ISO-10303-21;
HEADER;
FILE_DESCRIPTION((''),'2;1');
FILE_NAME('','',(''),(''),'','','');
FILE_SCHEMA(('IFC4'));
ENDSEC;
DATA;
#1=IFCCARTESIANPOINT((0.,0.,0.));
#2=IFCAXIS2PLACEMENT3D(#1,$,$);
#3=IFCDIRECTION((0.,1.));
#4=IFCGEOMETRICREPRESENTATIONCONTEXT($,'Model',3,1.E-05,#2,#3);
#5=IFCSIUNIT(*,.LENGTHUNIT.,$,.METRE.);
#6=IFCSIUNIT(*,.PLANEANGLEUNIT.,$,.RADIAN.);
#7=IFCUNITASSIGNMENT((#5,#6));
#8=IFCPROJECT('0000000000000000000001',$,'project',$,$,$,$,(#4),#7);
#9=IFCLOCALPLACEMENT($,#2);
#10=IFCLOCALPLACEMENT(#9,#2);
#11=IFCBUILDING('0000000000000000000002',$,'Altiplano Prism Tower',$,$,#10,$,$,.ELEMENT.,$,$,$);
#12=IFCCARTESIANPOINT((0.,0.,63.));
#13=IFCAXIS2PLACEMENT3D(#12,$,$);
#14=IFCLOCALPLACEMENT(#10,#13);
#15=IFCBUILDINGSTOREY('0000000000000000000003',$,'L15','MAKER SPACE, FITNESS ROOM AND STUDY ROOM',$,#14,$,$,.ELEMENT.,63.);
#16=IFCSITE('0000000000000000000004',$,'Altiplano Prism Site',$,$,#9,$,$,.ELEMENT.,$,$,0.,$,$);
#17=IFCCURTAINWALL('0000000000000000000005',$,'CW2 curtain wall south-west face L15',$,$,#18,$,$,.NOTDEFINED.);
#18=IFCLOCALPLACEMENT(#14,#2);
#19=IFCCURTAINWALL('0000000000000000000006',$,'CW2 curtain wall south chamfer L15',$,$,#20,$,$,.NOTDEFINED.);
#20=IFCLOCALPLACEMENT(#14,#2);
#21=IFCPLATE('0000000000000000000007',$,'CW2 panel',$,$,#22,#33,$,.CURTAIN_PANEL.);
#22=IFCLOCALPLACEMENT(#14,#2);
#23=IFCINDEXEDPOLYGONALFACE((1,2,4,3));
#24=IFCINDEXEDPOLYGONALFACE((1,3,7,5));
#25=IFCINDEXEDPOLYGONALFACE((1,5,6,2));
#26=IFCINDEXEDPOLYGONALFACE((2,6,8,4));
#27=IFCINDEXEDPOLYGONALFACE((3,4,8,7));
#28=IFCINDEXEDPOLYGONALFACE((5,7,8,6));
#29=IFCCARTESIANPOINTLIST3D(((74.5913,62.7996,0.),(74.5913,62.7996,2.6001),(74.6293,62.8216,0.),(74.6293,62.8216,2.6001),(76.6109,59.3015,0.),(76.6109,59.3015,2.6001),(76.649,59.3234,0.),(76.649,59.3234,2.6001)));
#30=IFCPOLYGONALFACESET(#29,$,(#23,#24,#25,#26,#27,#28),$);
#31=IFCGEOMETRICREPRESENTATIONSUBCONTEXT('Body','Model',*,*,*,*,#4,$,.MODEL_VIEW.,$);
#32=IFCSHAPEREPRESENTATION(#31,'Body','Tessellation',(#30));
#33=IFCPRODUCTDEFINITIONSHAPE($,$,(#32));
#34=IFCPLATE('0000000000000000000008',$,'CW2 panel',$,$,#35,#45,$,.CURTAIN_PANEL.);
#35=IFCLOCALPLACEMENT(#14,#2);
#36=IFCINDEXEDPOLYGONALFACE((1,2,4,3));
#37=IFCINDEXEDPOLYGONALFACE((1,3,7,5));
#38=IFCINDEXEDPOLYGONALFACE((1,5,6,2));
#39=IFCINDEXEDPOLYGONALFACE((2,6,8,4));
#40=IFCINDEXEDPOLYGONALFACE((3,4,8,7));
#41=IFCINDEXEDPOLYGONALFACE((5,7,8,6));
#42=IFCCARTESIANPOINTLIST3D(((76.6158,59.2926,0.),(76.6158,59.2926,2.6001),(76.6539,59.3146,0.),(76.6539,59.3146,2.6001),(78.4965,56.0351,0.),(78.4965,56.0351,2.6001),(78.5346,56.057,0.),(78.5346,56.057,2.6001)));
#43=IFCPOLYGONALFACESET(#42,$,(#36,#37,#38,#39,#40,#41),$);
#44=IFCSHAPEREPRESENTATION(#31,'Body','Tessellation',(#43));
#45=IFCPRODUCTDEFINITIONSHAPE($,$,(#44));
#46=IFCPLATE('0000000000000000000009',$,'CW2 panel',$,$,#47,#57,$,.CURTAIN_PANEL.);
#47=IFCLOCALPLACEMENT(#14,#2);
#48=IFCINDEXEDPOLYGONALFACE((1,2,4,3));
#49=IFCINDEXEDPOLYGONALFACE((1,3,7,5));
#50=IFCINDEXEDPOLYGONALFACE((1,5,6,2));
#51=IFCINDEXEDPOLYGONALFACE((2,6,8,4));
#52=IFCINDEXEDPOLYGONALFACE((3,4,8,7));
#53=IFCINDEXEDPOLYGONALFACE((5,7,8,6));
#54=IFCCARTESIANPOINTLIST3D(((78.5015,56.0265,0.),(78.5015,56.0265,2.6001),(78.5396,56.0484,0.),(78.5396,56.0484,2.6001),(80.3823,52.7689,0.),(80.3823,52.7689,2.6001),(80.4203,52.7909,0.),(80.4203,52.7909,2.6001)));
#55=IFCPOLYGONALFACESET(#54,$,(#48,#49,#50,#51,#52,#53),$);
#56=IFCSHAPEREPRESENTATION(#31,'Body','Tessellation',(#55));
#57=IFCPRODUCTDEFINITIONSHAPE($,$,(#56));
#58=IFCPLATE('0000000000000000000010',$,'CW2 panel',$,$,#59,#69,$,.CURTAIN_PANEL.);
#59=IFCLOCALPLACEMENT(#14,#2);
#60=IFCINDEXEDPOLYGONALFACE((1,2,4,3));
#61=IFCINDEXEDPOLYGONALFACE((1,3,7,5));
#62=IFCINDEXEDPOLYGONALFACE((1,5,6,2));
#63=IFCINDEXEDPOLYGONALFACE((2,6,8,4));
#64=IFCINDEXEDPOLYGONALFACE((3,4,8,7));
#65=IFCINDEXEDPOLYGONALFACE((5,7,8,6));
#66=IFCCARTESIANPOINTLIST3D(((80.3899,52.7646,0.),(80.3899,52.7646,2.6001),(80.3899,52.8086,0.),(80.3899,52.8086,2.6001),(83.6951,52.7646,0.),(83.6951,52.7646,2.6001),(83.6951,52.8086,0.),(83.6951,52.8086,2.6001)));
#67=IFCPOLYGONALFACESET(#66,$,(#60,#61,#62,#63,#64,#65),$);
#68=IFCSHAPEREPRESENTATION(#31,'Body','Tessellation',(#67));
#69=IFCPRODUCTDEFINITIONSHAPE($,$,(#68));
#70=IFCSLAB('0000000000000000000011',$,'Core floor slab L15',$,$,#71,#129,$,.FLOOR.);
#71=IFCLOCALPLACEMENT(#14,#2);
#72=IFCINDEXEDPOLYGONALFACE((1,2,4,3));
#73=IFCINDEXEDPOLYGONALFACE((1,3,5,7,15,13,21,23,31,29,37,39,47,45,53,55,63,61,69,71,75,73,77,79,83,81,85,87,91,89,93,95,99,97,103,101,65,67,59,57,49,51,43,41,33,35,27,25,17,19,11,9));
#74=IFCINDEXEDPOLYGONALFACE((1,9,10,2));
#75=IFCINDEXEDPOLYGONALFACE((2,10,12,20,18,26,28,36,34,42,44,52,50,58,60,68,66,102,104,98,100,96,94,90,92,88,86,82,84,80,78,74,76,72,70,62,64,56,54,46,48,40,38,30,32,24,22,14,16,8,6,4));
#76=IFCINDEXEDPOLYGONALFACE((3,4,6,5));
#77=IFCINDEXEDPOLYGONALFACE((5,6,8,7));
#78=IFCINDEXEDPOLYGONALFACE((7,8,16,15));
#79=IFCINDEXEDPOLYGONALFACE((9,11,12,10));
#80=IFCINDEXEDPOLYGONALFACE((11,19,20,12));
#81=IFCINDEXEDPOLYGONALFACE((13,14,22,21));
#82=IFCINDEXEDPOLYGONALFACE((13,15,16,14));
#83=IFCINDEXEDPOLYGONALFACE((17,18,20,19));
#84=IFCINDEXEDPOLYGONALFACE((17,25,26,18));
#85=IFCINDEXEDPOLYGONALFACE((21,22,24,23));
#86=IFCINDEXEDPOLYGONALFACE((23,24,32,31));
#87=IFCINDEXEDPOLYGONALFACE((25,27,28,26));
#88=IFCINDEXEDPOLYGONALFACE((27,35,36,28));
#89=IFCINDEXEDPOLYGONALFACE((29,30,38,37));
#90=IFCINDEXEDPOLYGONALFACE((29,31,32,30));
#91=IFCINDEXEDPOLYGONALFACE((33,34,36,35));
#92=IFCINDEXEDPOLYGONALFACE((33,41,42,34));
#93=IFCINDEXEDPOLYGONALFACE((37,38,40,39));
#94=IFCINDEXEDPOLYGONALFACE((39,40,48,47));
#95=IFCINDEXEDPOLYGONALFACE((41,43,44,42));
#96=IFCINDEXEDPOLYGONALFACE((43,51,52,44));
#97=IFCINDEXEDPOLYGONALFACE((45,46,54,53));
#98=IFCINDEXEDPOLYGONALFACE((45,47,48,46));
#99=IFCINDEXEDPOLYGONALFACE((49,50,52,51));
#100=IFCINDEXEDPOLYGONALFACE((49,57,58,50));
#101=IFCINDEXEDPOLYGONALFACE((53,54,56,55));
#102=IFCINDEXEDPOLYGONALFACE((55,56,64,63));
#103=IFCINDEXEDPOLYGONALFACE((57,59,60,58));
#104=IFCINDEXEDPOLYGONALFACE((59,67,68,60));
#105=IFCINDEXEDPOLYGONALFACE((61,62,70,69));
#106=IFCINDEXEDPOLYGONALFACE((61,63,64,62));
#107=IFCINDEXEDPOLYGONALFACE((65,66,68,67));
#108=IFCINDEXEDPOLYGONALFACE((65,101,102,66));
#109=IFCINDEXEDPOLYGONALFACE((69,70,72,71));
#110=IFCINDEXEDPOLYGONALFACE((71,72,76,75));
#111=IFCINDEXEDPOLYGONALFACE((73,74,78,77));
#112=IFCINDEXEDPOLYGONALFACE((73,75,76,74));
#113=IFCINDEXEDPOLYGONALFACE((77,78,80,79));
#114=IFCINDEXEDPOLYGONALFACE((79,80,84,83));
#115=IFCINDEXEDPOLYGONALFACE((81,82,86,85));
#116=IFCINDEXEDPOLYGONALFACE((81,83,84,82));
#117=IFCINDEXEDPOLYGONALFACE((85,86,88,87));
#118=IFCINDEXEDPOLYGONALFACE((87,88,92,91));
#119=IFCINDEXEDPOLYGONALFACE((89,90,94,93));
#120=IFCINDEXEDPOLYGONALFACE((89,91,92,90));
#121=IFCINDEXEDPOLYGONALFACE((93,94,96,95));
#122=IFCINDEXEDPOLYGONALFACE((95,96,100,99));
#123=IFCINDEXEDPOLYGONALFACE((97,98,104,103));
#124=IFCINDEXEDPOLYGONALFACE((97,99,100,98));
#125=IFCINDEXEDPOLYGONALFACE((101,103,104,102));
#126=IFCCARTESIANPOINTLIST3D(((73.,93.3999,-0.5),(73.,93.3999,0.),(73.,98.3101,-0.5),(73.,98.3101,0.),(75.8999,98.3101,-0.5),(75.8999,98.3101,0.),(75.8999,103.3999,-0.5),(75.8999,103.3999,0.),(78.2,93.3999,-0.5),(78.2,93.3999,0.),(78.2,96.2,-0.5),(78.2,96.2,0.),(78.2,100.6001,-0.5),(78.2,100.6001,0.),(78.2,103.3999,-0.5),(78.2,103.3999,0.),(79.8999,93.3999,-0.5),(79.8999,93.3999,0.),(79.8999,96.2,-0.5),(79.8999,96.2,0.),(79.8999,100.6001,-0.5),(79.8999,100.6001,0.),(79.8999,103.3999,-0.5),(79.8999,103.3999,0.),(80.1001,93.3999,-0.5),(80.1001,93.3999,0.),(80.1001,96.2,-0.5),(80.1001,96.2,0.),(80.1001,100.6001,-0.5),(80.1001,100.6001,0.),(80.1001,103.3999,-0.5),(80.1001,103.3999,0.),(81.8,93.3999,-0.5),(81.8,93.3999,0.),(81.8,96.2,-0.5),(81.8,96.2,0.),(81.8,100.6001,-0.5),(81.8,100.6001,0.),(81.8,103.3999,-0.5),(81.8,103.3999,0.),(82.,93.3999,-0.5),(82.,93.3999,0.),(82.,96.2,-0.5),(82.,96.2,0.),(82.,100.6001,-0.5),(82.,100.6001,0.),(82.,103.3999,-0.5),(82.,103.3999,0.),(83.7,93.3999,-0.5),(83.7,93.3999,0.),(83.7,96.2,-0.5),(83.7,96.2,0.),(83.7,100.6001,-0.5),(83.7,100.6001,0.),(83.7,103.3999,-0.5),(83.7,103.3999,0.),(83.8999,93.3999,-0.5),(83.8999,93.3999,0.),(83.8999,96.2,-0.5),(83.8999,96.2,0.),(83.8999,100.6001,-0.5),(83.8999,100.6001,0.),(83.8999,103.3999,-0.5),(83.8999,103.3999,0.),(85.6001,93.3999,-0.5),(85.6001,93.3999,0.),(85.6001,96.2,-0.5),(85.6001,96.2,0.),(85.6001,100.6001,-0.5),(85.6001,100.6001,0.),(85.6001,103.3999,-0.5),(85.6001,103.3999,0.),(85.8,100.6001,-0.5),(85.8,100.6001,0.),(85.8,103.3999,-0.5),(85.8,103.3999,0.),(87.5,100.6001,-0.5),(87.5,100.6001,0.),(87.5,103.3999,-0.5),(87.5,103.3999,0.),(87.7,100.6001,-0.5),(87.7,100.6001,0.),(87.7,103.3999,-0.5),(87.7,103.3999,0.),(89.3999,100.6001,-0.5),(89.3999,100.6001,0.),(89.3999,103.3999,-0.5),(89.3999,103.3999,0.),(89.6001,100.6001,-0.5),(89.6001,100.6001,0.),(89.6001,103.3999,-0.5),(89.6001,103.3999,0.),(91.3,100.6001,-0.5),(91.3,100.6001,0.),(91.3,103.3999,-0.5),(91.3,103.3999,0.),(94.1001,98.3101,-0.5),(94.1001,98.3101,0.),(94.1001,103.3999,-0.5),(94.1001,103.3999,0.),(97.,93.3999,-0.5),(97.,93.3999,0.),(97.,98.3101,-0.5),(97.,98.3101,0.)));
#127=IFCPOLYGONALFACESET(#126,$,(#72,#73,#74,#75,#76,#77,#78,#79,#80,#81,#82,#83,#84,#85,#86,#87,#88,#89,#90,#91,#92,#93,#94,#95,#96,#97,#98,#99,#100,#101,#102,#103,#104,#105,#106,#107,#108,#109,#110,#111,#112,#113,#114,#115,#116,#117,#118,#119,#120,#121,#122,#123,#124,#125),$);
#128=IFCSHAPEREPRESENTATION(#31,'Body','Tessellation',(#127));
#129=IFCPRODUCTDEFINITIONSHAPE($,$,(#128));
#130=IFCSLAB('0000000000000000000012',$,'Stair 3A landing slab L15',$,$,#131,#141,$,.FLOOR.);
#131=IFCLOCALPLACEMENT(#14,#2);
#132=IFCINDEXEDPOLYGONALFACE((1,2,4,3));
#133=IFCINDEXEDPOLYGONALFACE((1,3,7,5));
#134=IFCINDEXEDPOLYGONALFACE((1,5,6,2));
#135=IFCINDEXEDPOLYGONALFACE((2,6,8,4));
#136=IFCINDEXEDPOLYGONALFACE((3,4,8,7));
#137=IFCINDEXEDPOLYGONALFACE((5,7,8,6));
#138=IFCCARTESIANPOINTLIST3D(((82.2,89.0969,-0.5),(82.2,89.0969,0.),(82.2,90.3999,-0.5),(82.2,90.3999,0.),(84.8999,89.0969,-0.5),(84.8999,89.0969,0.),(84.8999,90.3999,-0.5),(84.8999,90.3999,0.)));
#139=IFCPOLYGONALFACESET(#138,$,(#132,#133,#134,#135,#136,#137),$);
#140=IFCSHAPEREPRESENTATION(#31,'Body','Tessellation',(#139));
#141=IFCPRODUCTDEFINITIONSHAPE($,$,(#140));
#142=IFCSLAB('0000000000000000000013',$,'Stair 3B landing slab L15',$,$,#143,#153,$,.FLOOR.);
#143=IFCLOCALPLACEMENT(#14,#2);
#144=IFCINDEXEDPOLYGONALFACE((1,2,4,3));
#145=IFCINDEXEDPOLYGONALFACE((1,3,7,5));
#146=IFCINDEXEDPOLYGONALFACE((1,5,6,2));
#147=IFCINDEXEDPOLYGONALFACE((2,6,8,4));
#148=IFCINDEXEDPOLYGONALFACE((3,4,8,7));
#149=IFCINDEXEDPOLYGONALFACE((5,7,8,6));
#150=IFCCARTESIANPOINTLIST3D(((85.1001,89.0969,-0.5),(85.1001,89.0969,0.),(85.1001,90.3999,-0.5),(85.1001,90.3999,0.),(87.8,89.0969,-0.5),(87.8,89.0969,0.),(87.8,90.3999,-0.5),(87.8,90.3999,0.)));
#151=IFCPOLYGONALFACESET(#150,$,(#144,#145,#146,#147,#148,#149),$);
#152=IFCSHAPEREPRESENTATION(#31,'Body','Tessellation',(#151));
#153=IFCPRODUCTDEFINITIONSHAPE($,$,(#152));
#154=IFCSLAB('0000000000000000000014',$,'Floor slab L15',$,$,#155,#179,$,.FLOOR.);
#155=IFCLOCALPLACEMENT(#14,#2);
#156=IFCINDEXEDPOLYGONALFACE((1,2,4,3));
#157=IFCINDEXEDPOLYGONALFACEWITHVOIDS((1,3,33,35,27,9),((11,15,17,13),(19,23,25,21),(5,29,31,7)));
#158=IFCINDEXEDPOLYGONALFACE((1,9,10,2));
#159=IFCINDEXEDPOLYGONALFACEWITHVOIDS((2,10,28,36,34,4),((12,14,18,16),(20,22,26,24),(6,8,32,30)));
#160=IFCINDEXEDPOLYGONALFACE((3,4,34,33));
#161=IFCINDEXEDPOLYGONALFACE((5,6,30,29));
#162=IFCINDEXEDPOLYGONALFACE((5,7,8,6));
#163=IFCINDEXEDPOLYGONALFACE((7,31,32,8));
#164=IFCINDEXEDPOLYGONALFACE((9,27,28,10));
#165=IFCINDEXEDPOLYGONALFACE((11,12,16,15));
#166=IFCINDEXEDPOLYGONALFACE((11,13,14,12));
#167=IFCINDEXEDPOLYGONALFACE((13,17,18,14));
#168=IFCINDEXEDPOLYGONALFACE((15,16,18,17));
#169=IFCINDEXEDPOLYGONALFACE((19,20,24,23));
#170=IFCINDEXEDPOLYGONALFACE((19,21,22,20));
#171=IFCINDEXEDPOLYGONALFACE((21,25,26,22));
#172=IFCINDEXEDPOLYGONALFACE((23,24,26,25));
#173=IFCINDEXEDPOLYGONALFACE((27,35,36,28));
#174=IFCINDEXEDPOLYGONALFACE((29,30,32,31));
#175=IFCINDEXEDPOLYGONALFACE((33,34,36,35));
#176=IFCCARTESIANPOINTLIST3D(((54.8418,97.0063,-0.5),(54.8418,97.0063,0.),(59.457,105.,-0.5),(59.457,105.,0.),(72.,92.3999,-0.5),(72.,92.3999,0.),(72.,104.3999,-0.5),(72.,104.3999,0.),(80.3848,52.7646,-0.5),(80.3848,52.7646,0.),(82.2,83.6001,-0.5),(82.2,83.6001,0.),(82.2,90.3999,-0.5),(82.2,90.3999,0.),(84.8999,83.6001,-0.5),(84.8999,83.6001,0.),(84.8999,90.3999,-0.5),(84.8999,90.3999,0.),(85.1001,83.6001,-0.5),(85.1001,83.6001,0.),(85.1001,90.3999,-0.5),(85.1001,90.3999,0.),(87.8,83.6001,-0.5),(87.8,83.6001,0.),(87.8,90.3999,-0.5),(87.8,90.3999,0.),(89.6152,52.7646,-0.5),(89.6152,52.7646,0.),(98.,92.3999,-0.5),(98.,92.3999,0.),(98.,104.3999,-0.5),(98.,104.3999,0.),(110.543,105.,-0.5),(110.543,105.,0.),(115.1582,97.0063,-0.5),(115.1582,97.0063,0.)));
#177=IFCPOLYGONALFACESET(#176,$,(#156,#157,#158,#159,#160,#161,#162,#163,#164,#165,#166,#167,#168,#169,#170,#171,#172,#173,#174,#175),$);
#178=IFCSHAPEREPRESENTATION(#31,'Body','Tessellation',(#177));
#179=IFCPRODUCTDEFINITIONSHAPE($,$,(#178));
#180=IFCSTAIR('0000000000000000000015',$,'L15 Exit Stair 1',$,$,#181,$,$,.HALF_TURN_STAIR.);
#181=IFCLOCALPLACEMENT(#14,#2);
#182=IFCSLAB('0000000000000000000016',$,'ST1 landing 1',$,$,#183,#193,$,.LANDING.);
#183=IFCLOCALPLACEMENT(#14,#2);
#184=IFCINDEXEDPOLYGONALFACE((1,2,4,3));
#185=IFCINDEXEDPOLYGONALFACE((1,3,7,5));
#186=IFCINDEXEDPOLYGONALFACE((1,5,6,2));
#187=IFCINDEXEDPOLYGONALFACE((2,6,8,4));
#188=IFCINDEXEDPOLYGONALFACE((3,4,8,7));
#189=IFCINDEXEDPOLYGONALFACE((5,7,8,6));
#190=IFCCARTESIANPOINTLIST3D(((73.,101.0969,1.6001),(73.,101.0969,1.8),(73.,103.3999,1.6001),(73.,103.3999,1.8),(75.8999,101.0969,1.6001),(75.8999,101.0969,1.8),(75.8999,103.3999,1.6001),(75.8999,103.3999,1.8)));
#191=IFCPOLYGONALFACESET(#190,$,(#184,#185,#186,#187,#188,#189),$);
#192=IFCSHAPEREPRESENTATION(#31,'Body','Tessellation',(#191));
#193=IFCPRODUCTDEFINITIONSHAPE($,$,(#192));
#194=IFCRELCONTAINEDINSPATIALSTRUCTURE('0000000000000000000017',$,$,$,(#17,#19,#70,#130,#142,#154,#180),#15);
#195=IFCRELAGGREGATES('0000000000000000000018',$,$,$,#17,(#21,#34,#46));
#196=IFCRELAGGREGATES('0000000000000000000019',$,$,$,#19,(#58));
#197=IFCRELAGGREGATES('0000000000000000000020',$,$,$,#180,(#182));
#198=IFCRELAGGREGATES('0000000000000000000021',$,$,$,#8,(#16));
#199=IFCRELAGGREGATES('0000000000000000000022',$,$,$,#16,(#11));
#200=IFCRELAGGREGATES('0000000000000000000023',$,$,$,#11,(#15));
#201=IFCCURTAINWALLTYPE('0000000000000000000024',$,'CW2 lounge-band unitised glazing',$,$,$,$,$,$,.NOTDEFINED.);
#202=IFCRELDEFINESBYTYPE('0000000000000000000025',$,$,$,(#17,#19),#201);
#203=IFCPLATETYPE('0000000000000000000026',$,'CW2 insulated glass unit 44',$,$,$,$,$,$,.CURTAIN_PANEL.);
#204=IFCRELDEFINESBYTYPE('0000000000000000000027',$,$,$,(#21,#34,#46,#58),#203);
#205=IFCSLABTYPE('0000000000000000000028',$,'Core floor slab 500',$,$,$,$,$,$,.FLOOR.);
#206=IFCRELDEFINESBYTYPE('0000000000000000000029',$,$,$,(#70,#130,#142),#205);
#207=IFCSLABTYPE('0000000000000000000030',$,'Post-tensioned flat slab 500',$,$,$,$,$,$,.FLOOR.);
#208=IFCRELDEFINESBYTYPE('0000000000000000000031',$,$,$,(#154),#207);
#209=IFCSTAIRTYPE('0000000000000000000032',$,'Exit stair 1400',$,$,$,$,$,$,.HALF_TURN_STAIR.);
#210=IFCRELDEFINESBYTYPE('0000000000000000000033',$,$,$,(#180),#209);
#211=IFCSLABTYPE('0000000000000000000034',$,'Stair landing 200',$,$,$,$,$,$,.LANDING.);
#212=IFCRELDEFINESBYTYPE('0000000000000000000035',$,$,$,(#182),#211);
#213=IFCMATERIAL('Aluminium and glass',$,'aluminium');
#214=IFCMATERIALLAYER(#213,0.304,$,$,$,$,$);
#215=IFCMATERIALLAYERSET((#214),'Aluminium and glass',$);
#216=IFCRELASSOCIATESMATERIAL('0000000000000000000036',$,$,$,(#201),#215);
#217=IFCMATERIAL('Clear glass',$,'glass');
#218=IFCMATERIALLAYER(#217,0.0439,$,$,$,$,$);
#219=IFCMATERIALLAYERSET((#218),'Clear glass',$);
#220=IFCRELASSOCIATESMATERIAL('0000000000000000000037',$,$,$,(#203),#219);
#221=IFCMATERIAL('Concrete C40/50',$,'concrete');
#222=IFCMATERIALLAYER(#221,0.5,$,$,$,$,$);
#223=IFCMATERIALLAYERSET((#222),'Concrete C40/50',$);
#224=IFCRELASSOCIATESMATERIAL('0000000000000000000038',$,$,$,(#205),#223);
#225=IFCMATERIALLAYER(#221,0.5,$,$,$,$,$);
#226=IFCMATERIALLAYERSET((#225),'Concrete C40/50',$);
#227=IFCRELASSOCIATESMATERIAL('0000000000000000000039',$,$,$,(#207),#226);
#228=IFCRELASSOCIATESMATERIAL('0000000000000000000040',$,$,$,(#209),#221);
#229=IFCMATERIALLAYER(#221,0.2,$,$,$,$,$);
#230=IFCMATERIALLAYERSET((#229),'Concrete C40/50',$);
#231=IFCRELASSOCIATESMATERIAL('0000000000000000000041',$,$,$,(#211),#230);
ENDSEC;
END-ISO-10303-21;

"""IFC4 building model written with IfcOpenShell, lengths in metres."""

from ifc_helpers import new_model, si_unit, direction, frame, origin, origin_2d, place, context, subcontext, project, spatial, polyline, rectangle, outline, extrude, material, layer, layer_set, type_object, element, aggregate, save


model = new_model("IFC4")

# Units and contexts
model_context = context("Model", 3, precision=1e-05, world=origin(), true_north=direction((0.0, 1.0)))
body_context = subcontext(model_context, "Body", "Model", "MODEL_VIEW")
ifc_project = project(units=[si_unit("LENGTHUNIT", "METRE"), si_unit("PLANEANGLEUNIT", "RADIAN")], contexts=[model_context])

# Site, building, storey
site_placement = place(None, origin())
site = spatial("IfcSite", under=ifc_project, at=site_placement, Name="Altiplano Prism Site", CompositionType="ELEMENT", RefElevation=0.0)
building_placement = place(site_placement, origin())
building = spatial("IfcBuilding", under=site, at=building_placement, Name="Altiplano Prism Tower", CompositionType="ELEMENT")
storey_placement = place(building_placement, frame((0.0, 0.0, 63.0)))
storey = spatial("IfcBuildingStorey", under=building, at=storey_placement, Name="L15", Description="MAKER SPACE, FITNESS ROOM AND STUDY ROOM", CompositionType="ELEMENT", Elevation=63.0)

# Curtain wall
ifc_material_1 = material(Name="Aluminium and glass", Category="aluminium")
ifc_layer_1 = layer(ifc_material_1, 0.304)
ifc_layer_set_1 = layer_set([ifc_layer_1], Name="Aluminium and glass")
curtain_wall_type = type_object("IfcCurtainWallType", Name="CW2 lounge-band unitised glazing", PredefinedType="NOTDEFINED", material=ifc_layer_set_1)
curtain_wall_1_placement = place(storey_placement, origin())
curtain_wall_1 = element("IfcCurtainWall", 1, at=curtain_wall_1_placement, inside=storey, type_object=curtain_wall_type, Name="CW2 curtain wall south-west face L15", PredefinedType="NOTDEFINED")

# Curtain wall
curtain_wall_2_placement = place(storey_placement, origin())
curtain_wall_2 = element("IfcCurtainWall", 2, at=curtain_wall_2_placement, inside=storey, type_object=curtain_wall_type, Name="CW2 curtain wall south chamfer L15", PredefinedType="NOTDEFINED")

# Plates
ifc_material_2 = material(Name="Clear glass", Category="glass")
ifc_layer_2 = layer(ifc_material_2, 0.0439)
ifc_layer_set_2 = layer_set([ifc_layer_2], Name="Clear glass")
plate_type = type_object("IfcPlateType", Name="CW2 insulated glass unit 44", PredefinedType="CURTAIN_PANEL", material=ifc_layer_set_2)
plate_1_placement = place(storey_placement, frame((75.6201, 61.0615, 0.0), z_axis=(0.0, 0.0, 1.0), x_axis=(0.5, -0.866025, 0.0)))
plate_1 = element("IfcPlate", 3, at=plate_1_placement, type_object=plate_type, Name="CW2 panel", PredefinedType="CURTAIN_PANEL", context=body_context, shape_type="SweptSolid", body=[
    extrude(rectangle(XDim=4.0393, YDim=0.0439, at=origin_2d()), origin(), (0.0, 0.0, 1.0), 2.6001),
])
plate_2_placement = place(storey_placement, frame((77.5752, 57.6748, 0.0), z_axis=(0.0, 0.0, 1.0), x_axis=(0.5, -0.866025, 0.0)))
plate_2 = element("IfcPlate", 4, at=plate_2_placement, type_object=plate_type, Name="CW2 panel", PredefinedType="CURTAIN_PANEL", context=body_context, shape_type="SweptSolid", body=[
    extrude(rectangle(XDim=3.7615, YDim=0.0439, at=origin_2d()), origin(), (0.0, 0.0, 1.0), 2.6001),
])
plate_3_placement = place(storey_placement, frame((79.4609, 54.4087, 0.0), z_axis=(0.0, 0.0, 1.0), x_axis=(0.5, -0.866025, 0.0)))
plate_3 = element("IfcPlate", 5, at=plate_3_placement, type_object=plate_type, Name="CW2 panel", PredefinedType="CURTAIN_PANEL", context=body_context, shape_type="SweptSolid", body=[
    extrude(rectangle(XDim=3.7615, YDim=0.0439, at=origin_2d()), origin(), (0.0, 0.0, 1.0), 2.6001),
])
aggregate(curtain_wall_1, [plate_1, plate_2, plate_3])
plate_4_placement = place(storey_placement, frame((82.0425, 52.7866, 0.0), z_axis=(0.0, 0.0, 1.0), x_axis=(1.0, 0.0, 0.0)))
plate_4 = element("IfcPlate", 6, at=plate_4_placement, type_object=plate_type, Name="CW2 panel", PredefinedType="CURTAIN_PANEL", context=body_context, shape_type="SweptSolid", body=[
    extrude(rectangle(XDim=3.3052, YDim=0.0439, at=origin_2d()), origin(), (0.0, 0.0, 1.0), 2.6001),
])
aggregate(curtain_wall_2, [plate_4])

# Slabs
ifc_material_3 = material(Name="Concrete C40/50", Category="concrete")
ifc_layer_3 = layer(ifc_material_3, 0.5)
ifc_layer_set_3 = layer_set([ifc_layer_3], Name="Concrete C40/50")
slab_type_1 = type_object("IfcSlabType", Name="Core floor slab 500", PredefinedType="FLOOR", material=ifc_layer_set_3)
slab_1_placement = place(storey_placement, frame((0.0, 0.0, -0.5)))
element("IfcSlab", 7, at=slab_1_placement, inside=storey, type_object=slab_type_1, Name="Core floor slab L15", PredefinedType="FLOOR", context=body_context, shape_type="SweptSolid", body=[
    extrude(outline(polyline([(97.0, 98.3101), (94.1001, 98.3101), (94.1001, 103.3999), (91.3, 103.3999), (91.3, 100.6001), (89.6001, 100.6001), (89.6001, 103.3999), (89.3999, 103.3999), (89.3999, 100.6001), (87.7, 100.6001), (87.7, 103.3999), (87.5, 103.3999), (87.5, 100.6001), (85.8, 100.6001), (85.8, 103.3999), (85.6001, 103.3999), (85.6001, 100.6001), (83.8999, 100.6001), (83.8999, 103.3999), (83.7, 103.3999), (83.7, 100.6001), (82.0, 100.6001), (82.0, 103.3999), (81.8, 103.3999), (81.8, 100.6001), (80.1001, 100.6001), (80.1001, 103.3999), (79.8999, 103.3999), (79.8999, 100.6001), (78.2, 100.6001), (78.2, 103.3999), (75.8999, 103.3999), (75.8999, 98.3101), (73.0, 98.3101), (73.0, 93.3999), (78.2, 93.3999), (78.2, 96.2), (79.8999, 96.2), (79.8999, 93.3999), (80.1001, 93.3999), (80.1001, 96.2), (81.8, 96.2), (81.8, 93.3999), (82.0, 93.3999), (82.0, 96.2), (83.7, 96.2), (83.7, 93.3999), (83.8999, 93.3999), (83.8999, 96.2), (85.6001, 96.2), (85.6001, 93.3999), (97.0, 93.3999), (97.0, 98.3101)])), origin(), (0.0, 0.0, 1.0), 0.5),
])
slab_2_placement = place(storey_placement, frame((0.0, 0.0, -0.5)))
element("IfcSlab", 8, at=slab_2_placement, inside=storey, type_object=slab_type_1, Name="Stair 3A landing slab L15", PredefinedType="FLOOR", context=body_context, shape_type="SweptSolid", body=[
    extrude(outline(polyline([(82.2, 89.0969), (84.8999, 89.0969), (84.8999, 90.3999), (82.2, 90.3999), (82.2, 89.0969)])), origin(), (0.0, 0.0, 1.0), 0.5),
])
slab_3_placement = place(storey_placement, frame((0.0, 0.0, -0.5)))
element("IfcSlab", 9, at=slab_3_placement, inside=storey, type_object=slab_type_1, Name="Stair 3B landing slab L15", PredefinedType="FLOOR", context=body_context, shape_type="SweptSolid", body=[
    extrude(outline(polyline([(85.1001, 89.0969), (87.8, 89.0969), (87.8, 90.3999), (85.1001, 90.3999), (85.1001, 89.0969)])), origin(), (0.0, 0.0, 1.0), 0.5),
])
ifc_layer_4 = layer(ifc_material_3, 0.5)
ifc_layer_set_4 = layer_set([ifc_layer_4], Name="Concrete C40/50")
slab_type_2 = type_object("IfcSlabType", Name="Post-tensioned flat slab 500", PredefinedType="FLOOR", material=ifc_layer_set_4)
slab_4_placement = place(storey_placement, frame((0.0, 0.0, -0.5)))
element("IfcSlab", 10, at=slab_4_placement, inside=storey, type_object=slab_type_2, Name="Floor slab L15", PredefinedType="FLOOR", context=body_context, shape_type="SweptSolid", body=[
    extrude(outline(polyline([(80.3848, 52.7646), (54.8418, 97.0063), (59.457, 105.0), (110.543, 105.0), (115.1582, 97.0063), (89.6152, 52.7646), (80.3848, 52.7646)]), holes=[polyline([(72.0, 104.3999), (72.0, 92.3999), (98.0, 92.3999), (98.0, 104.3999), (72.0, 104.3999)]), polyline([(84.8999, 90.3999), (82.2, 90.3999), (82.2, 83.6001), (84.8999, 83.6001), (84.8999, 90.3999)]), polyline([(87.8, 83.6001), (87.8, 90.3999), (85.1001, 90.3999), (85.1001, 83.6001), (87.8, 83.6001)])]), origin(), (0.0, 0.0, 1.0), 0.5),
])

# Stair, slab
stair_type_1 = type_object("IfcStairType", Name="Exit stair 1400", PredefinedType="HALF_TURN_STAIR", material=ifc_material_3)
stair_1_placement = place(storey_placement, origin())
stair_1 = element("IfcStair", 11, at=stair_1_placement, inside=storey, type_object=stair_type_1, Name="L15 Exit Stair 1", PredefinedType="HALF_TURN_STAIR")
ifc_layer_5 = layer(ifc_material_3, 0.2)
ifc_layer_set_5 = layer_set([ifc_layer_5], Name="Concrete C40/50")
slab_type_3 = type_object("IfcSlabType", Name="Stair landing 200", PredefinedType="LANDING", material=ifc_layer_set_5)
slab_5_placement = place(storey_placement, frame((0.0, 0.0, 1.6001)))
slab_5 = element("IfcSlab", 12, at=slab_5_placement, type_object=slab_type_3, Name="ST1 landing 1", PredefinedType="LANDING", context=body_context, shape_type="SweptSolid", body=[
    extrude(outline(polyline([(75.8999, 101.0969), (75.8999, 103.3999), (73.0, 103.3999), (73.0, 101.0969), (75.8999, 101.0969)])), origin(), (0.0, 0.0, 1.0), 0.2),
])
aggregate(stair_1, [slab_5])

save(model, "model.ifc")
